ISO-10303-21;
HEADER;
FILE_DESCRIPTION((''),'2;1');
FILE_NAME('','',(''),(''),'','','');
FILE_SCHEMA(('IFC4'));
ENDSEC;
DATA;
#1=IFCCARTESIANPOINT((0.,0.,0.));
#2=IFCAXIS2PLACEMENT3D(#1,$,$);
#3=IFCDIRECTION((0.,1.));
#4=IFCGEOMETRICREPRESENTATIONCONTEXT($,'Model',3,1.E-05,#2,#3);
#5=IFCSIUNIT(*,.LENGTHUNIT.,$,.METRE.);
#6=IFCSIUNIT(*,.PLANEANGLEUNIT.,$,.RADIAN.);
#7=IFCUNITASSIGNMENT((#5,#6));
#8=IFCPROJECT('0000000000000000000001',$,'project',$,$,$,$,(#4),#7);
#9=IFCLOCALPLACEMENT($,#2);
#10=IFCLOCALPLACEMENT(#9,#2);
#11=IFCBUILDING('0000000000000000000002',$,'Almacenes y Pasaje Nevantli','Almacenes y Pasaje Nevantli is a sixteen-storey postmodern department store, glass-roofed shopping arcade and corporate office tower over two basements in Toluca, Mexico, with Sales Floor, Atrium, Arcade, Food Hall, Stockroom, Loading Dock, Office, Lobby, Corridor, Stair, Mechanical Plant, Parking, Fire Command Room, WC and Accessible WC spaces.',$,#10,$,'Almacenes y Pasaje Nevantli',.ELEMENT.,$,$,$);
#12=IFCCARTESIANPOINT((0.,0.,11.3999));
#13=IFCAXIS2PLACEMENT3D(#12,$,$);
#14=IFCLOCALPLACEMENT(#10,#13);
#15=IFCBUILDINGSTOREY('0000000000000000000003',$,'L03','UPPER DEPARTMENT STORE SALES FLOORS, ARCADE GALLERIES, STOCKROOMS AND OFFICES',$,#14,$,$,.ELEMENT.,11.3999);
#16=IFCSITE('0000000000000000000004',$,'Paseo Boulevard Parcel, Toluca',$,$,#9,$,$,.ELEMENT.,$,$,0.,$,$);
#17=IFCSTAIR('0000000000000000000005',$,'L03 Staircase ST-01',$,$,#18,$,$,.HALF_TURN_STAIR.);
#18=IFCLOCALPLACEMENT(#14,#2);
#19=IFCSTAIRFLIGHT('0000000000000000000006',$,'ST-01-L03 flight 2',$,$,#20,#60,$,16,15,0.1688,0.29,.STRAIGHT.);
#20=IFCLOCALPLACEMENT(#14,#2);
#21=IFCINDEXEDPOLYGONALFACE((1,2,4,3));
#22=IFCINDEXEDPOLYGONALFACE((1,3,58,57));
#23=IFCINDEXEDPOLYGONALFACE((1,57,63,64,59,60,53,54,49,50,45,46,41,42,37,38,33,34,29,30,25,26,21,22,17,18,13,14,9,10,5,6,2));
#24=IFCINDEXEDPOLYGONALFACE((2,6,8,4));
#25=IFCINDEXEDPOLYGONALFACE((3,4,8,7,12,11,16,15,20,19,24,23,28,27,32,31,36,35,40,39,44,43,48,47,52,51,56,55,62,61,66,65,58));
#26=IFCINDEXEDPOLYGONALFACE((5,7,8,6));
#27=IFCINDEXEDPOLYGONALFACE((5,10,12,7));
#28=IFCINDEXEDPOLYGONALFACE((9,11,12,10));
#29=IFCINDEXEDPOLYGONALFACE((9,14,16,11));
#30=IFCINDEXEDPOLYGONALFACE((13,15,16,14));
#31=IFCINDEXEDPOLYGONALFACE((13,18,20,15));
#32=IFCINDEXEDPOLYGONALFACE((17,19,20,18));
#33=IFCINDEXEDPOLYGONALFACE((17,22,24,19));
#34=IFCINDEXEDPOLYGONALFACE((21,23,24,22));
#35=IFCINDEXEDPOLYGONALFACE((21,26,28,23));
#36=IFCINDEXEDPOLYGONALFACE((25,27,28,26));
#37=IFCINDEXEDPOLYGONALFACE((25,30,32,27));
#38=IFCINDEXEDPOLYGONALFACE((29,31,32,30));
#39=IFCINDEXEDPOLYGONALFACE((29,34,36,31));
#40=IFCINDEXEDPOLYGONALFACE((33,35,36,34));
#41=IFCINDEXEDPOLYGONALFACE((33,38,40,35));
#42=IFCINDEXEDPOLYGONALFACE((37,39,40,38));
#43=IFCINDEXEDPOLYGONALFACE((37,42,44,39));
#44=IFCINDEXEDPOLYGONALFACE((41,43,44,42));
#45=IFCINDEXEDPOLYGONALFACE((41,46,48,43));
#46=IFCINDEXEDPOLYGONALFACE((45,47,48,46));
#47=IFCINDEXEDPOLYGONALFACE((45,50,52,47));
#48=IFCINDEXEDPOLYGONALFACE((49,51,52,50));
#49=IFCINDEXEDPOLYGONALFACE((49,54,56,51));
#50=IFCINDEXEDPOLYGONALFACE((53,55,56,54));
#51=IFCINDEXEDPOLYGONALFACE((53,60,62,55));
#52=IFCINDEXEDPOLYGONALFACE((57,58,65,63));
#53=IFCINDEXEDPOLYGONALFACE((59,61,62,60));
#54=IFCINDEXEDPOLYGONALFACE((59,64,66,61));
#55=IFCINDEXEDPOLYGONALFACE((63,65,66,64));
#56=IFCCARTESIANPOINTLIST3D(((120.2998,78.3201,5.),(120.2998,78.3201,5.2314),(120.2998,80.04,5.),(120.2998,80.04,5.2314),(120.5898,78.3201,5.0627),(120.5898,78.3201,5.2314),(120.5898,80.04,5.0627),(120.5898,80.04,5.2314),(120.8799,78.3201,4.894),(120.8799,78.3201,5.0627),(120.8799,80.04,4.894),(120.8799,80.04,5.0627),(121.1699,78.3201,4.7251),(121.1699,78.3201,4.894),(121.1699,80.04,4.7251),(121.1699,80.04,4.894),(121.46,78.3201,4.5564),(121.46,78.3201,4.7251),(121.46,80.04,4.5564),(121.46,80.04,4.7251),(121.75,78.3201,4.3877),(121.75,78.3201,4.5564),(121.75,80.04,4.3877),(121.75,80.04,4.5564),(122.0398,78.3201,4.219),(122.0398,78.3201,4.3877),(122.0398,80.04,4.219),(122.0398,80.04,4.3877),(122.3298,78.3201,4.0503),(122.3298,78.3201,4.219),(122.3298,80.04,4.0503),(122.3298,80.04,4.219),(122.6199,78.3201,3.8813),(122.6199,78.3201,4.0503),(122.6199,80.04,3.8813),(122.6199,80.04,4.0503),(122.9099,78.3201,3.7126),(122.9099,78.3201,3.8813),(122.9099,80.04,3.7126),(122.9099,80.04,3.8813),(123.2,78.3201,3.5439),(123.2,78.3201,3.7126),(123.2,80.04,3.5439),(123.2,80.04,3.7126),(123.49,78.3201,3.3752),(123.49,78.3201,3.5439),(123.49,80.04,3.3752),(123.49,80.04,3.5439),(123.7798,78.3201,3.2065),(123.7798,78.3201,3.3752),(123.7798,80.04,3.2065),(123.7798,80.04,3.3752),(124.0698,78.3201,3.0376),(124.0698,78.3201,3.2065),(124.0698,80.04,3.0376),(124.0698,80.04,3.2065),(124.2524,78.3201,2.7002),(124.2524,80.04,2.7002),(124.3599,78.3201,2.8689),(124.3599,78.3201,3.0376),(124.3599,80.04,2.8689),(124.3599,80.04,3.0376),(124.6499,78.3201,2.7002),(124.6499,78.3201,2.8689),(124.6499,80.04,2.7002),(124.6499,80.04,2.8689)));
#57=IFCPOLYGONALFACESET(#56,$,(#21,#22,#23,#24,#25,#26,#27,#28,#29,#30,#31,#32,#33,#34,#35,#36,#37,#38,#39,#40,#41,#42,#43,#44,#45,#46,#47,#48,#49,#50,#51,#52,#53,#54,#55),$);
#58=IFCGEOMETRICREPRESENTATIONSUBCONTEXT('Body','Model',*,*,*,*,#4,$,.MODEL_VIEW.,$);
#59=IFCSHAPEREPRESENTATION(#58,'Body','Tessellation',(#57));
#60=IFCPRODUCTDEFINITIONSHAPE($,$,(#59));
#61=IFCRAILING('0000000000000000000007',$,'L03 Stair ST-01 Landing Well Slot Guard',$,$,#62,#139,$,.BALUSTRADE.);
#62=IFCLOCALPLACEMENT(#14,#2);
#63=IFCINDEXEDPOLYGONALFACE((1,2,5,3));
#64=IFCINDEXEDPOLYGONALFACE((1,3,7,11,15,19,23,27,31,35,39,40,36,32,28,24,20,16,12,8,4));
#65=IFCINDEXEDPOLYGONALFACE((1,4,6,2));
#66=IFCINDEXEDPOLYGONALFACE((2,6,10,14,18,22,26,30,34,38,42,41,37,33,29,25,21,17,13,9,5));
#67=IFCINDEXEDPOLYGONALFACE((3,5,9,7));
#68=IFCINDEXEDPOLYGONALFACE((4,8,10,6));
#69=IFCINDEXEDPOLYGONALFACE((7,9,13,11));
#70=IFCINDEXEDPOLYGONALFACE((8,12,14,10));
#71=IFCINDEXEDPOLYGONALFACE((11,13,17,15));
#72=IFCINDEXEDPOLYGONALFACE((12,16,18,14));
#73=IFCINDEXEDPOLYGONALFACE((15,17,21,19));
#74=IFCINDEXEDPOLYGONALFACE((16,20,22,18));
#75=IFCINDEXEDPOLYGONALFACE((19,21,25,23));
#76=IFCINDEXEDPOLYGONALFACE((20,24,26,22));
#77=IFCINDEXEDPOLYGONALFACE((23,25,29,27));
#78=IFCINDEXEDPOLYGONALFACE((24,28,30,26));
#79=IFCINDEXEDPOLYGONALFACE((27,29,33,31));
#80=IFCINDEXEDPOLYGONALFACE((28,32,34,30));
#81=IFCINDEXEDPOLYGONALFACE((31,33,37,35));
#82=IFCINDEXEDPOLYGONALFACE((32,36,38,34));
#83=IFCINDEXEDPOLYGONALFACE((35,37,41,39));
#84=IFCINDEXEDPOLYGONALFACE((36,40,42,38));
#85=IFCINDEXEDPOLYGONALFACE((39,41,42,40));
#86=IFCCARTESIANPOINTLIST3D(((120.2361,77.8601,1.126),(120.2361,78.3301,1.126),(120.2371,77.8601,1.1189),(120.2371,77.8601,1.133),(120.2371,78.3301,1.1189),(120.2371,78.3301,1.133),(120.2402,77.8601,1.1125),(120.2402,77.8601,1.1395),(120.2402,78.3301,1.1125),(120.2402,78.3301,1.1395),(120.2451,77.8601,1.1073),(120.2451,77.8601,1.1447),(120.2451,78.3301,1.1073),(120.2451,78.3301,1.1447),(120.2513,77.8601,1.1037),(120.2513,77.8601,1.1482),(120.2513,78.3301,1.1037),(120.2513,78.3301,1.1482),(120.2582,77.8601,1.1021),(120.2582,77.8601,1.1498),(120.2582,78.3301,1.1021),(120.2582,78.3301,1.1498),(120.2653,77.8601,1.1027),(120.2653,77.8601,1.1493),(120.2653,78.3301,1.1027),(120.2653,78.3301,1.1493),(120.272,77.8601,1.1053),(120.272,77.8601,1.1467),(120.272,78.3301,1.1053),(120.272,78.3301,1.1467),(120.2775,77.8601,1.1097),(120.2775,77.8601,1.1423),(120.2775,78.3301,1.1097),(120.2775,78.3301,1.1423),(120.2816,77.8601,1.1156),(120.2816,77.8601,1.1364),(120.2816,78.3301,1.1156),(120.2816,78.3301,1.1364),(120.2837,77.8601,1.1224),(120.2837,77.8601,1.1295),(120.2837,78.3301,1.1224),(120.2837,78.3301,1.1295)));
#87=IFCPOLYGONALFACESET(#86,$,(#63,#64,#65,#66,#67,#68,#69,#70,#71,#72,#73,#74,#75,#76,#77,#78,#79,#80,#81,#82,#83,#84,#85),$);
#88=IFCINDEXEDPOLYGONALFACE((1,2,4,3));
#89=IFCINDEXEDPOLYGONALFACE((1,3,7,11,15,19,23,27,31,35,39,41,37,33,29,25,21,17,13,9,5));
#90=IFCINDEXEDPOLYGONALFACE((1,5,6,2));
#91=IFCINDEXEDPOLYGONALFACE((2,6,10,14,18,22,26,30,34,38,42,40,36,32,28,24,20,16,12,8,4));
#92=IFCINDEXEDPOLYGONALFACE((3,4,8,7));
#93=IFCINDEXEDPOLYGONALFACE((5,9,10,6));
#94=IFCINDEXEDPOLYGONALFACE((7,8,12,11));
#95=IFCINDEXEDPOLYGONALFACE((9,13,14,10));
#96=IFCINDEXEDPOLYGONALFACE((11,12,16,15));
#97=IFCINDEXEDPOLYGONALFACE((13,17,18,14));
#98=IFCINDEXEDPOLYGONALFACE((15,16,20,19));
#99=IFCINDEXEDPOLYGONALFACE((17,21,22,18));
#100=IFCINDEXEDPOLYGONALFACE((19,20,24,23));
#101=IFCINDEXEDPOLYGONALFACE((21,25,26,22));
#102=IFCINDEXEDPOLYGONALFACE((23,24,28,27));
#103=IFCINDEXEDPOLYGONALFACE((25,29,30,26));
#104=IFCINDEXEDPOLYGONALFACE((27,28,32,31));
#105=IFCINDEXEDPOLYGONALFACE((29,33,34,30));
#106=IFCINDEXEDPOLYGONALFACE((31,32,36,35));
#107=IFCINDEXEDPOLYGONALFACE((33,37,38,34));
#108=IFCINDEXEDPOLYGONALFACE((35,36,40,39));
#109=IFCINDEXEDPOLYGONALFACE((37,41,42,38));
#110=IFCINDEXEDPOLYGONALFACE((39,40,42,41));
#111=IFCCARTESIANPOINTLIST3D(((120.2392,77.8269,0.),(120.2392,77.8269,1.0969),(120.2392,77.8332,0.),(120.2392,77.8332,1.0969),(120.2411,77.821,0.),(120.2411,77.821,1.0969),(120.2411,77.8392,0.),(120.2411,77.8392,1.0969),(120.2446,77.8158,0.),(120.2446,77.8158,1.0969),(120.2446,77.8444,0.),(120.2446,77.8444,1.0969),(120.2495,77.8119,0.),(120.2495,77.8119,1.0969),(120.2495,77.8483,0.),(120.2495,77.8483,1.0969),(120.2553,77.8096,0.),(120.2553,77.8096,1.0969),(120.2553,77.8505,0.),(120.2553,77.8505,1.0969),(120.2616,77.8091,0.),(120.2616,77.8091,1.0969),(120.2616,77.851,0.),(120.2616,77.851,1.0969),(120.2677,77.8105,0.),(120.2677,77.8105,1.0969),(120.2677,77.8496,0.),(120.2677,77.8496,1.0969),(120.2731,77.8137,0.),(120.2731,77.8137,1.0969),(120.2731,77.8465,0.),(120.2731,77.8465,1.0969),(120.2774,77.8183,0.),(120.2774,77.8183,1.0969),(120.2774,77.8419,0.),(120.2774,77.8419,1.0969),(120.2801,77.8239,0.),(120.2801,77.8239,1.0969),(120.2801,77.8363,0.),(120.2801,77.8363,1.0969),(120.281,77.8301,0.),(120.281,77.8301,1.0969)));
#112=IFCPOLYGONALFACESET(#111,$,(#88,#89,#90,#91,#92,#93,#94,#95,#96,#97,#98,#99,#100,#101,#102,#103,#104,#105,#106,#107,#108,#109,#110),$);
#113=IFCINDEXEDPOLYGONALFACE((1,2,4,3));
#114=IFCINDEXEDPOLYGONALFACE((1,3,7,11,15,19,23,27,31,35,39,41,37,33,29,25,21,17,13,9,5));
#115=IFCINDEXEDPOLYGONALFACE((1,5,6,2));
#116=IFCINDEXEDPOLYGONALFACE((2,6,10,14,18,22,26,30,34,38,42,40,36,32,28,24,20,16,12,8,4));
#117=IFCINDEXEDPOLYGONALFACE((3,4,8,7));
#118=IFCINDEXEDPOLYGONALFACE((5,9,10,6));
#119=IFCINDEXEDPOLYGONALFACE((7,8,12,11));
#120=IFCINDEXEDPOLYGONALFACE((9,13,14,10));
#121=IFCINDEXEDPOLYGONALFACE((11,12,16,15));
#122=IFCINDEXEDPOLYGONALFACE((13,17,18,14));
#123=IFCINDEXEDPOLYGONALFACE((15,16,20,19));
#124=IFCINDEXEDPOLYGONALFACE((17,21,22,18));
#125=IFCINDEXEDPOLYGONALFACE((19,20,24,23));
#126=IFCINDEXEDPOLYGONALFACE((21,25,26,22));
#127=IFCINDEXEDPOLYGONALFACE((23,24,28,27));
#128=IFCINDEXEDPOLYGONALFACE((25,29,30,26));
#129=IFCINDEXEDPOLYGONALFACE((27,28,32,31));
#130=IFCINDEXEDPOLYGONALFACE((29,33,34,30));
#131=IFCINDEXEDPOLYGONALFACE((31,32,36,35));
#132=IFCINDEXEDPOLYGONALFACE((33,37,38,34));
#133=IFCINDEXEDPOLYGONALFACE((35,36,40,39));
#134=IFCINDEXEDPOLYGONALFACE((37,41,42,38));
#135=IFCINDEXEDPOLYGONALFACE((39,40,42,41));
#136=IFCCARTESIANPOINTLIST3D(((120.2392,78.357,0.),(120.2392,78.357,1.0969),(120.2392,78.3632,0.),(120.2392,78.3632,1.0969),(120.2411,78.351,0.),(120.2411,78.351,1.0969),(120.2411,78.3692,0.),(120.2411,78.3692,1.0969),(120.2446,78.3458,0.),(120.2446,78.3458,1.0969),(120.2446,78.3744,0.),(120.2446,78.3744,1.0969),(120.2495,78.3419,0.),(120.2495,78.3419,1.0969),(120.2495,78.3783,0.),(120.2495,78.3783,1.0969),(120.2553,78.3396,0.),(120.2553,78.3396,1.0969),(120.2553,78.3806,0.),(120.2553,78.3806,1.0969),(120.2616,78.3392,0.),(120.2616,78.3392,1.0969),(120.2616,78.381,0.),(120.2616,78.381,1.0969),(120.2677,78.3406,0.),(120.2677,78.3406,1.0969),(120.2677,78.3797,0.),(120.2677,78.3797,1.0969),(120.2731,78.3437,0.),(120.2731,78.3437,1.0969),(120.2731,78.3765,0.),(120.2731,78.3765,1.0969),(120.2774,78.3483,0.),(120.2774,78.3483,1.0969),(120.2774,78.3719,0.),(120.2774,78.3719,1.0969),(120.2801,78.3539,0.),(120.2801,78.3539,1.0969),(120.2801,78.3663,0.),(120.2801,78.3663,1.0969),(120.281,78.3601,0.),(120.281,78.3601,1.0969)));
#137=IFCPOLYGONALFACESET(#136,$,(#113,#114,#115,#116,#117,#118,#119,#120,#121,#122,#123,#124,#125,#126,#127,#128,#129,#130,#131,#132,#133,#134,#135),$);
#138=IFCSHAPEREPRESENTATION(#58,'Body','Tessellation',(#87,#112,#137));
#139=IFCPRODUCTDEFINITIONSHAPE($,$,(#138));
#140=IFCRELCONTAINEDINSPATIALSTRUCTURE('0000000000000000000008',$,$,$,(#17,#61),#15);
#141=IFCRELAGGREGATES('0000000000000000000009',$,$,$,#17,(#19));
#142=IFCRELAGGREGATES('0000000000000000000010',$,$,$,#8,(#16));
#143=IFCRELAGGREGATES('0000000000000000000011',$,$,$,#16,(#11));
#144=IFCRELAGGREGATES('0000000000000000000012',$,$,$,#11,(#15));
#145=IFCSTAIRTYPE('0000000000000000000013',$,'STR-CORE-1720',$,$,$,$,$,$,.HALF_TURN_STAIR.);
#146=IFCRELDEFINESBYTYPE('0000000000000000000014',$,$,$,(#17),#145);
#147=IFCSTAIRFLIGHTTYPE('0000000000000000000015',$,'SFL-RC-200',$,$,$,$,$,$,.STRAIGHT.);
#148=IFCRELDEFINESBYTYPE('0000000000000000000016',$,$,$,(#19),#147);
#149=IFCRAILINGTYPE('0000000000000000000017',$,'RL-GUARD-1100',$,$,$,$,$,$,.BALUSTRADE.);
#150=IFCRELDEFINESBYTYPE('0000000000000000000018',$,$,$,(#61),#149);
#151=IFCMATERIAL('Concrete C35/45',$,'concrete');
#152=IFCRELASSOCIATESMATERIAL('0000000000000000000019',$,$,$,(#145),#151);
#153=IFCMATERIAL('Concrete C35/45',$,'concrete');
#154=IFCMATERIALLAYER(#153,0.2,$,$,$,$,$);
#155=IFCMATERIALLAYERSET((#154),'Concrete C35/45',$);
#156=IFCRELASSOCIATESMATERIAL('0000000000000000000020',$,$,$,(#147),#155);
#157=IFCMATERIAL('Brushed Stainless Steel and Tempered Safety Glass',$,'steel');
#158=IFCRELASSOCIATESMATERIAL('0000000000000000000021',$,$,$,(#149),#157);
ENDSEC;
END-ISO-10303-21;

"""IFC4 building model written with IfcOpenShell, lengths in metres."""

from ifc_helpers import new_model, si_unit, direction, frame, origin, origin_2d, place, context, subcontext, project, spatial, polyline, circle, outline, extrude, material, layer, layer_set, type_object, element, aggregate, save


model = new_model("IFC4")

# Units and contexts
model_context = context("Model", 3, precision=1e-05, world=origin(), true_north=direction((0.0, 1.0)))
body_context = subcontext(model_context, "Body", "Model", "MODEL_VIEW")
ifc_project = project(units=[si_unit("LENGTHUNIT", "METRE"), si_unit("PLANEANGLEUNIT", "RADIAN")], contexts=[model_context])

# Site, building, storey
site_placement = place(None, origin())
site = spatial("IfcSite", under=ifc_project, at=site_placement, Name="Paseo Boulevard Parcel, Toluca", CompositionType="ELEMENT", RefElevation=0.0)
building_placement = place(site_placement, origin())
building = spatial("IfcBuilding", under=site, at=building_placement, Name="Almacenes y Pasaje Nevantli", Description="Almacenes y Pasaje Nevantli is a sixteen-storey postmodern department store, glass-roofed shopping arcade and corporate office tower over two basements in Toluca, Mexico, with Sales Floor, Atrium, Arcade, Food Hall, Stockroom, Loading Dock, Office, Lobby, Corridor, Stair, Mechanical Plant, Parking, Fire Command Room, WC and Accessible WC spaces.", LongName="Almacenes y Pasaje Nevantli", CompositionType="ELEMENT")
storey_placement = place(building_placement, frame((0.0, 0.0, 11.3999)))
storey = spatial("IfcBuildingStorey", under=building, at=storey_placement, Name="L03", Description="UPPER DEPARTMENT STORE SALES FLOORS, ARCADE GALLERIES, STOCKROOMS AND OFFICES", CompositionType="ELEMENT", Elevation=11.3999)

# Stair, stair flight
ifc_material_1 = material(Name="Concrete C35/45", Category="concrete")
stair_type = type_object("IfcStairType", Name="STR-CORE-1720", PredefinedType="HALF_TURN_STAIR", material=ifc_material_1)
stair_placement = place(storey_placement, origin())
stair = element("IfcStair", 1, at=stair_placement, inside=storey, type_object=stair_type, Name="L03 Staircase ST-01", PredefinedType="HALF_TURN_STAIR")
ifc_material_2 = material(Name="Concrete C35/45", Category="concrete")
ifc_layer_1 = layer(ifc_material_2, 0.2)
ifc_layer_set_1 = layer_set([ifc_layer_1], Name="Concrete C35/45")
stair_flight_type = type_object("IfcStairFlightType", Name="SFL-RC-200", PredefinedType="STRAIGHT", material=ifc_layer_set_1)
stair_flight_1_placement = place(storey_placement, frame((124.6499, 79.1799, 2.7002), z_axis=(0.0, 0.0, 1.0), x_axis=(-1.0, 0.0, 0.0)))
stair_flight_1 = element("IfcStairFlight", 2, at=stair_flight_1_placement, type_object=stair_flight_type, Name="ST-01-L03 flight 2", NumberOfRisers=16, NumberOfTreads=15, PredefinedType="STRAIGHT", RiserHeight=0.1688, TreadLength=0.29, context=body_context, shape_type="SweptSolid", body=[
    extrude(outline(polyline([(0.0, 0.0), (0.0, 0.1687), (0.29, 0.1687), (0.29, 0.3374), (0.5801, 0.3374), (0.5801, 0.5063), (0.8701, 0.5063), (0.8701, 0.675), (1.1599, 0.675), (1.1599, 0.8438), (1.45, 0.8438), (1.45, 1.0125), (1.74, 1.0125), (1.74, 1.1812), (2.03, 1.1812), (2.03, 1.3501), (2.3201, 1.3501), (2.3201, 1.5188), (2.6101, 1.5188), (2.6101, 1.6875), (2.8999, 1.6875), (2.8999, 1.8562), (3.1899, 1.8562), (3.1899, 2.0249), (3.48, 2.0249), (3.48, 2.1938), (3.77, 2.1938), (3.77, 2.3625), (4.0601, 2.3625), (4.0601, 2.5312), (4.3501, 2.5312), (4.3501, 2.7), (4.3501, 2.2998), (0.3975, 0.0), (0.0, 0.0)])), frame((0.0, 0.8599, 0.0), z_axis=(0.0, -1.0, 0.0), x_axis=(1.0, 0.0, 0.0)), (0.0, 0.0, 1.0), 1.72),
])
aggregate(stair, [stair_flight_1])

# Railing
ifc_material_3 = material(Name="Brushed Stainless Steel and Tempered Safety Glass", Category="steel")
railing_type_1 = type_object("IfcRailingType", Name="RL-GUARD-1100", PredefinedType="BALUSTRADE", material=ifc_material_3)
railing_1_placement = place(storey_placement, frame((120.26, 77.8301, 0.0)))
element("IfcRailing", 3, at=railing_1_placement, inside=storey, type_object=railing_type_1, Name="L03 Stair ST-01 Landing Well Slot Guard", PredefinedType="BALUSTRADE", context=body_context, shape_type="SweptSolid", body=[
    extrude(circle(Radius=0.0239, at=origin_2d()), frame((0.0, 0.03, 1.126), z_axis=(0.0, 1.0, 0.0), x_axis=(-1.0, 0.0, 0.0)), (0.0, 0.0, 1.0), 0.47),
    extrude(circle(Radius=0.021, at=origin_2d()), origin(), (0.0, 0.0, 1.0), 1.0969),
    extrude(circle(Radius=0.021, at=origin_2d()), frame((0.0, 0.53, 0.0)), (0.0, 0.0, 1.0), 1.0969),
])

save(model, "model.ifc")
